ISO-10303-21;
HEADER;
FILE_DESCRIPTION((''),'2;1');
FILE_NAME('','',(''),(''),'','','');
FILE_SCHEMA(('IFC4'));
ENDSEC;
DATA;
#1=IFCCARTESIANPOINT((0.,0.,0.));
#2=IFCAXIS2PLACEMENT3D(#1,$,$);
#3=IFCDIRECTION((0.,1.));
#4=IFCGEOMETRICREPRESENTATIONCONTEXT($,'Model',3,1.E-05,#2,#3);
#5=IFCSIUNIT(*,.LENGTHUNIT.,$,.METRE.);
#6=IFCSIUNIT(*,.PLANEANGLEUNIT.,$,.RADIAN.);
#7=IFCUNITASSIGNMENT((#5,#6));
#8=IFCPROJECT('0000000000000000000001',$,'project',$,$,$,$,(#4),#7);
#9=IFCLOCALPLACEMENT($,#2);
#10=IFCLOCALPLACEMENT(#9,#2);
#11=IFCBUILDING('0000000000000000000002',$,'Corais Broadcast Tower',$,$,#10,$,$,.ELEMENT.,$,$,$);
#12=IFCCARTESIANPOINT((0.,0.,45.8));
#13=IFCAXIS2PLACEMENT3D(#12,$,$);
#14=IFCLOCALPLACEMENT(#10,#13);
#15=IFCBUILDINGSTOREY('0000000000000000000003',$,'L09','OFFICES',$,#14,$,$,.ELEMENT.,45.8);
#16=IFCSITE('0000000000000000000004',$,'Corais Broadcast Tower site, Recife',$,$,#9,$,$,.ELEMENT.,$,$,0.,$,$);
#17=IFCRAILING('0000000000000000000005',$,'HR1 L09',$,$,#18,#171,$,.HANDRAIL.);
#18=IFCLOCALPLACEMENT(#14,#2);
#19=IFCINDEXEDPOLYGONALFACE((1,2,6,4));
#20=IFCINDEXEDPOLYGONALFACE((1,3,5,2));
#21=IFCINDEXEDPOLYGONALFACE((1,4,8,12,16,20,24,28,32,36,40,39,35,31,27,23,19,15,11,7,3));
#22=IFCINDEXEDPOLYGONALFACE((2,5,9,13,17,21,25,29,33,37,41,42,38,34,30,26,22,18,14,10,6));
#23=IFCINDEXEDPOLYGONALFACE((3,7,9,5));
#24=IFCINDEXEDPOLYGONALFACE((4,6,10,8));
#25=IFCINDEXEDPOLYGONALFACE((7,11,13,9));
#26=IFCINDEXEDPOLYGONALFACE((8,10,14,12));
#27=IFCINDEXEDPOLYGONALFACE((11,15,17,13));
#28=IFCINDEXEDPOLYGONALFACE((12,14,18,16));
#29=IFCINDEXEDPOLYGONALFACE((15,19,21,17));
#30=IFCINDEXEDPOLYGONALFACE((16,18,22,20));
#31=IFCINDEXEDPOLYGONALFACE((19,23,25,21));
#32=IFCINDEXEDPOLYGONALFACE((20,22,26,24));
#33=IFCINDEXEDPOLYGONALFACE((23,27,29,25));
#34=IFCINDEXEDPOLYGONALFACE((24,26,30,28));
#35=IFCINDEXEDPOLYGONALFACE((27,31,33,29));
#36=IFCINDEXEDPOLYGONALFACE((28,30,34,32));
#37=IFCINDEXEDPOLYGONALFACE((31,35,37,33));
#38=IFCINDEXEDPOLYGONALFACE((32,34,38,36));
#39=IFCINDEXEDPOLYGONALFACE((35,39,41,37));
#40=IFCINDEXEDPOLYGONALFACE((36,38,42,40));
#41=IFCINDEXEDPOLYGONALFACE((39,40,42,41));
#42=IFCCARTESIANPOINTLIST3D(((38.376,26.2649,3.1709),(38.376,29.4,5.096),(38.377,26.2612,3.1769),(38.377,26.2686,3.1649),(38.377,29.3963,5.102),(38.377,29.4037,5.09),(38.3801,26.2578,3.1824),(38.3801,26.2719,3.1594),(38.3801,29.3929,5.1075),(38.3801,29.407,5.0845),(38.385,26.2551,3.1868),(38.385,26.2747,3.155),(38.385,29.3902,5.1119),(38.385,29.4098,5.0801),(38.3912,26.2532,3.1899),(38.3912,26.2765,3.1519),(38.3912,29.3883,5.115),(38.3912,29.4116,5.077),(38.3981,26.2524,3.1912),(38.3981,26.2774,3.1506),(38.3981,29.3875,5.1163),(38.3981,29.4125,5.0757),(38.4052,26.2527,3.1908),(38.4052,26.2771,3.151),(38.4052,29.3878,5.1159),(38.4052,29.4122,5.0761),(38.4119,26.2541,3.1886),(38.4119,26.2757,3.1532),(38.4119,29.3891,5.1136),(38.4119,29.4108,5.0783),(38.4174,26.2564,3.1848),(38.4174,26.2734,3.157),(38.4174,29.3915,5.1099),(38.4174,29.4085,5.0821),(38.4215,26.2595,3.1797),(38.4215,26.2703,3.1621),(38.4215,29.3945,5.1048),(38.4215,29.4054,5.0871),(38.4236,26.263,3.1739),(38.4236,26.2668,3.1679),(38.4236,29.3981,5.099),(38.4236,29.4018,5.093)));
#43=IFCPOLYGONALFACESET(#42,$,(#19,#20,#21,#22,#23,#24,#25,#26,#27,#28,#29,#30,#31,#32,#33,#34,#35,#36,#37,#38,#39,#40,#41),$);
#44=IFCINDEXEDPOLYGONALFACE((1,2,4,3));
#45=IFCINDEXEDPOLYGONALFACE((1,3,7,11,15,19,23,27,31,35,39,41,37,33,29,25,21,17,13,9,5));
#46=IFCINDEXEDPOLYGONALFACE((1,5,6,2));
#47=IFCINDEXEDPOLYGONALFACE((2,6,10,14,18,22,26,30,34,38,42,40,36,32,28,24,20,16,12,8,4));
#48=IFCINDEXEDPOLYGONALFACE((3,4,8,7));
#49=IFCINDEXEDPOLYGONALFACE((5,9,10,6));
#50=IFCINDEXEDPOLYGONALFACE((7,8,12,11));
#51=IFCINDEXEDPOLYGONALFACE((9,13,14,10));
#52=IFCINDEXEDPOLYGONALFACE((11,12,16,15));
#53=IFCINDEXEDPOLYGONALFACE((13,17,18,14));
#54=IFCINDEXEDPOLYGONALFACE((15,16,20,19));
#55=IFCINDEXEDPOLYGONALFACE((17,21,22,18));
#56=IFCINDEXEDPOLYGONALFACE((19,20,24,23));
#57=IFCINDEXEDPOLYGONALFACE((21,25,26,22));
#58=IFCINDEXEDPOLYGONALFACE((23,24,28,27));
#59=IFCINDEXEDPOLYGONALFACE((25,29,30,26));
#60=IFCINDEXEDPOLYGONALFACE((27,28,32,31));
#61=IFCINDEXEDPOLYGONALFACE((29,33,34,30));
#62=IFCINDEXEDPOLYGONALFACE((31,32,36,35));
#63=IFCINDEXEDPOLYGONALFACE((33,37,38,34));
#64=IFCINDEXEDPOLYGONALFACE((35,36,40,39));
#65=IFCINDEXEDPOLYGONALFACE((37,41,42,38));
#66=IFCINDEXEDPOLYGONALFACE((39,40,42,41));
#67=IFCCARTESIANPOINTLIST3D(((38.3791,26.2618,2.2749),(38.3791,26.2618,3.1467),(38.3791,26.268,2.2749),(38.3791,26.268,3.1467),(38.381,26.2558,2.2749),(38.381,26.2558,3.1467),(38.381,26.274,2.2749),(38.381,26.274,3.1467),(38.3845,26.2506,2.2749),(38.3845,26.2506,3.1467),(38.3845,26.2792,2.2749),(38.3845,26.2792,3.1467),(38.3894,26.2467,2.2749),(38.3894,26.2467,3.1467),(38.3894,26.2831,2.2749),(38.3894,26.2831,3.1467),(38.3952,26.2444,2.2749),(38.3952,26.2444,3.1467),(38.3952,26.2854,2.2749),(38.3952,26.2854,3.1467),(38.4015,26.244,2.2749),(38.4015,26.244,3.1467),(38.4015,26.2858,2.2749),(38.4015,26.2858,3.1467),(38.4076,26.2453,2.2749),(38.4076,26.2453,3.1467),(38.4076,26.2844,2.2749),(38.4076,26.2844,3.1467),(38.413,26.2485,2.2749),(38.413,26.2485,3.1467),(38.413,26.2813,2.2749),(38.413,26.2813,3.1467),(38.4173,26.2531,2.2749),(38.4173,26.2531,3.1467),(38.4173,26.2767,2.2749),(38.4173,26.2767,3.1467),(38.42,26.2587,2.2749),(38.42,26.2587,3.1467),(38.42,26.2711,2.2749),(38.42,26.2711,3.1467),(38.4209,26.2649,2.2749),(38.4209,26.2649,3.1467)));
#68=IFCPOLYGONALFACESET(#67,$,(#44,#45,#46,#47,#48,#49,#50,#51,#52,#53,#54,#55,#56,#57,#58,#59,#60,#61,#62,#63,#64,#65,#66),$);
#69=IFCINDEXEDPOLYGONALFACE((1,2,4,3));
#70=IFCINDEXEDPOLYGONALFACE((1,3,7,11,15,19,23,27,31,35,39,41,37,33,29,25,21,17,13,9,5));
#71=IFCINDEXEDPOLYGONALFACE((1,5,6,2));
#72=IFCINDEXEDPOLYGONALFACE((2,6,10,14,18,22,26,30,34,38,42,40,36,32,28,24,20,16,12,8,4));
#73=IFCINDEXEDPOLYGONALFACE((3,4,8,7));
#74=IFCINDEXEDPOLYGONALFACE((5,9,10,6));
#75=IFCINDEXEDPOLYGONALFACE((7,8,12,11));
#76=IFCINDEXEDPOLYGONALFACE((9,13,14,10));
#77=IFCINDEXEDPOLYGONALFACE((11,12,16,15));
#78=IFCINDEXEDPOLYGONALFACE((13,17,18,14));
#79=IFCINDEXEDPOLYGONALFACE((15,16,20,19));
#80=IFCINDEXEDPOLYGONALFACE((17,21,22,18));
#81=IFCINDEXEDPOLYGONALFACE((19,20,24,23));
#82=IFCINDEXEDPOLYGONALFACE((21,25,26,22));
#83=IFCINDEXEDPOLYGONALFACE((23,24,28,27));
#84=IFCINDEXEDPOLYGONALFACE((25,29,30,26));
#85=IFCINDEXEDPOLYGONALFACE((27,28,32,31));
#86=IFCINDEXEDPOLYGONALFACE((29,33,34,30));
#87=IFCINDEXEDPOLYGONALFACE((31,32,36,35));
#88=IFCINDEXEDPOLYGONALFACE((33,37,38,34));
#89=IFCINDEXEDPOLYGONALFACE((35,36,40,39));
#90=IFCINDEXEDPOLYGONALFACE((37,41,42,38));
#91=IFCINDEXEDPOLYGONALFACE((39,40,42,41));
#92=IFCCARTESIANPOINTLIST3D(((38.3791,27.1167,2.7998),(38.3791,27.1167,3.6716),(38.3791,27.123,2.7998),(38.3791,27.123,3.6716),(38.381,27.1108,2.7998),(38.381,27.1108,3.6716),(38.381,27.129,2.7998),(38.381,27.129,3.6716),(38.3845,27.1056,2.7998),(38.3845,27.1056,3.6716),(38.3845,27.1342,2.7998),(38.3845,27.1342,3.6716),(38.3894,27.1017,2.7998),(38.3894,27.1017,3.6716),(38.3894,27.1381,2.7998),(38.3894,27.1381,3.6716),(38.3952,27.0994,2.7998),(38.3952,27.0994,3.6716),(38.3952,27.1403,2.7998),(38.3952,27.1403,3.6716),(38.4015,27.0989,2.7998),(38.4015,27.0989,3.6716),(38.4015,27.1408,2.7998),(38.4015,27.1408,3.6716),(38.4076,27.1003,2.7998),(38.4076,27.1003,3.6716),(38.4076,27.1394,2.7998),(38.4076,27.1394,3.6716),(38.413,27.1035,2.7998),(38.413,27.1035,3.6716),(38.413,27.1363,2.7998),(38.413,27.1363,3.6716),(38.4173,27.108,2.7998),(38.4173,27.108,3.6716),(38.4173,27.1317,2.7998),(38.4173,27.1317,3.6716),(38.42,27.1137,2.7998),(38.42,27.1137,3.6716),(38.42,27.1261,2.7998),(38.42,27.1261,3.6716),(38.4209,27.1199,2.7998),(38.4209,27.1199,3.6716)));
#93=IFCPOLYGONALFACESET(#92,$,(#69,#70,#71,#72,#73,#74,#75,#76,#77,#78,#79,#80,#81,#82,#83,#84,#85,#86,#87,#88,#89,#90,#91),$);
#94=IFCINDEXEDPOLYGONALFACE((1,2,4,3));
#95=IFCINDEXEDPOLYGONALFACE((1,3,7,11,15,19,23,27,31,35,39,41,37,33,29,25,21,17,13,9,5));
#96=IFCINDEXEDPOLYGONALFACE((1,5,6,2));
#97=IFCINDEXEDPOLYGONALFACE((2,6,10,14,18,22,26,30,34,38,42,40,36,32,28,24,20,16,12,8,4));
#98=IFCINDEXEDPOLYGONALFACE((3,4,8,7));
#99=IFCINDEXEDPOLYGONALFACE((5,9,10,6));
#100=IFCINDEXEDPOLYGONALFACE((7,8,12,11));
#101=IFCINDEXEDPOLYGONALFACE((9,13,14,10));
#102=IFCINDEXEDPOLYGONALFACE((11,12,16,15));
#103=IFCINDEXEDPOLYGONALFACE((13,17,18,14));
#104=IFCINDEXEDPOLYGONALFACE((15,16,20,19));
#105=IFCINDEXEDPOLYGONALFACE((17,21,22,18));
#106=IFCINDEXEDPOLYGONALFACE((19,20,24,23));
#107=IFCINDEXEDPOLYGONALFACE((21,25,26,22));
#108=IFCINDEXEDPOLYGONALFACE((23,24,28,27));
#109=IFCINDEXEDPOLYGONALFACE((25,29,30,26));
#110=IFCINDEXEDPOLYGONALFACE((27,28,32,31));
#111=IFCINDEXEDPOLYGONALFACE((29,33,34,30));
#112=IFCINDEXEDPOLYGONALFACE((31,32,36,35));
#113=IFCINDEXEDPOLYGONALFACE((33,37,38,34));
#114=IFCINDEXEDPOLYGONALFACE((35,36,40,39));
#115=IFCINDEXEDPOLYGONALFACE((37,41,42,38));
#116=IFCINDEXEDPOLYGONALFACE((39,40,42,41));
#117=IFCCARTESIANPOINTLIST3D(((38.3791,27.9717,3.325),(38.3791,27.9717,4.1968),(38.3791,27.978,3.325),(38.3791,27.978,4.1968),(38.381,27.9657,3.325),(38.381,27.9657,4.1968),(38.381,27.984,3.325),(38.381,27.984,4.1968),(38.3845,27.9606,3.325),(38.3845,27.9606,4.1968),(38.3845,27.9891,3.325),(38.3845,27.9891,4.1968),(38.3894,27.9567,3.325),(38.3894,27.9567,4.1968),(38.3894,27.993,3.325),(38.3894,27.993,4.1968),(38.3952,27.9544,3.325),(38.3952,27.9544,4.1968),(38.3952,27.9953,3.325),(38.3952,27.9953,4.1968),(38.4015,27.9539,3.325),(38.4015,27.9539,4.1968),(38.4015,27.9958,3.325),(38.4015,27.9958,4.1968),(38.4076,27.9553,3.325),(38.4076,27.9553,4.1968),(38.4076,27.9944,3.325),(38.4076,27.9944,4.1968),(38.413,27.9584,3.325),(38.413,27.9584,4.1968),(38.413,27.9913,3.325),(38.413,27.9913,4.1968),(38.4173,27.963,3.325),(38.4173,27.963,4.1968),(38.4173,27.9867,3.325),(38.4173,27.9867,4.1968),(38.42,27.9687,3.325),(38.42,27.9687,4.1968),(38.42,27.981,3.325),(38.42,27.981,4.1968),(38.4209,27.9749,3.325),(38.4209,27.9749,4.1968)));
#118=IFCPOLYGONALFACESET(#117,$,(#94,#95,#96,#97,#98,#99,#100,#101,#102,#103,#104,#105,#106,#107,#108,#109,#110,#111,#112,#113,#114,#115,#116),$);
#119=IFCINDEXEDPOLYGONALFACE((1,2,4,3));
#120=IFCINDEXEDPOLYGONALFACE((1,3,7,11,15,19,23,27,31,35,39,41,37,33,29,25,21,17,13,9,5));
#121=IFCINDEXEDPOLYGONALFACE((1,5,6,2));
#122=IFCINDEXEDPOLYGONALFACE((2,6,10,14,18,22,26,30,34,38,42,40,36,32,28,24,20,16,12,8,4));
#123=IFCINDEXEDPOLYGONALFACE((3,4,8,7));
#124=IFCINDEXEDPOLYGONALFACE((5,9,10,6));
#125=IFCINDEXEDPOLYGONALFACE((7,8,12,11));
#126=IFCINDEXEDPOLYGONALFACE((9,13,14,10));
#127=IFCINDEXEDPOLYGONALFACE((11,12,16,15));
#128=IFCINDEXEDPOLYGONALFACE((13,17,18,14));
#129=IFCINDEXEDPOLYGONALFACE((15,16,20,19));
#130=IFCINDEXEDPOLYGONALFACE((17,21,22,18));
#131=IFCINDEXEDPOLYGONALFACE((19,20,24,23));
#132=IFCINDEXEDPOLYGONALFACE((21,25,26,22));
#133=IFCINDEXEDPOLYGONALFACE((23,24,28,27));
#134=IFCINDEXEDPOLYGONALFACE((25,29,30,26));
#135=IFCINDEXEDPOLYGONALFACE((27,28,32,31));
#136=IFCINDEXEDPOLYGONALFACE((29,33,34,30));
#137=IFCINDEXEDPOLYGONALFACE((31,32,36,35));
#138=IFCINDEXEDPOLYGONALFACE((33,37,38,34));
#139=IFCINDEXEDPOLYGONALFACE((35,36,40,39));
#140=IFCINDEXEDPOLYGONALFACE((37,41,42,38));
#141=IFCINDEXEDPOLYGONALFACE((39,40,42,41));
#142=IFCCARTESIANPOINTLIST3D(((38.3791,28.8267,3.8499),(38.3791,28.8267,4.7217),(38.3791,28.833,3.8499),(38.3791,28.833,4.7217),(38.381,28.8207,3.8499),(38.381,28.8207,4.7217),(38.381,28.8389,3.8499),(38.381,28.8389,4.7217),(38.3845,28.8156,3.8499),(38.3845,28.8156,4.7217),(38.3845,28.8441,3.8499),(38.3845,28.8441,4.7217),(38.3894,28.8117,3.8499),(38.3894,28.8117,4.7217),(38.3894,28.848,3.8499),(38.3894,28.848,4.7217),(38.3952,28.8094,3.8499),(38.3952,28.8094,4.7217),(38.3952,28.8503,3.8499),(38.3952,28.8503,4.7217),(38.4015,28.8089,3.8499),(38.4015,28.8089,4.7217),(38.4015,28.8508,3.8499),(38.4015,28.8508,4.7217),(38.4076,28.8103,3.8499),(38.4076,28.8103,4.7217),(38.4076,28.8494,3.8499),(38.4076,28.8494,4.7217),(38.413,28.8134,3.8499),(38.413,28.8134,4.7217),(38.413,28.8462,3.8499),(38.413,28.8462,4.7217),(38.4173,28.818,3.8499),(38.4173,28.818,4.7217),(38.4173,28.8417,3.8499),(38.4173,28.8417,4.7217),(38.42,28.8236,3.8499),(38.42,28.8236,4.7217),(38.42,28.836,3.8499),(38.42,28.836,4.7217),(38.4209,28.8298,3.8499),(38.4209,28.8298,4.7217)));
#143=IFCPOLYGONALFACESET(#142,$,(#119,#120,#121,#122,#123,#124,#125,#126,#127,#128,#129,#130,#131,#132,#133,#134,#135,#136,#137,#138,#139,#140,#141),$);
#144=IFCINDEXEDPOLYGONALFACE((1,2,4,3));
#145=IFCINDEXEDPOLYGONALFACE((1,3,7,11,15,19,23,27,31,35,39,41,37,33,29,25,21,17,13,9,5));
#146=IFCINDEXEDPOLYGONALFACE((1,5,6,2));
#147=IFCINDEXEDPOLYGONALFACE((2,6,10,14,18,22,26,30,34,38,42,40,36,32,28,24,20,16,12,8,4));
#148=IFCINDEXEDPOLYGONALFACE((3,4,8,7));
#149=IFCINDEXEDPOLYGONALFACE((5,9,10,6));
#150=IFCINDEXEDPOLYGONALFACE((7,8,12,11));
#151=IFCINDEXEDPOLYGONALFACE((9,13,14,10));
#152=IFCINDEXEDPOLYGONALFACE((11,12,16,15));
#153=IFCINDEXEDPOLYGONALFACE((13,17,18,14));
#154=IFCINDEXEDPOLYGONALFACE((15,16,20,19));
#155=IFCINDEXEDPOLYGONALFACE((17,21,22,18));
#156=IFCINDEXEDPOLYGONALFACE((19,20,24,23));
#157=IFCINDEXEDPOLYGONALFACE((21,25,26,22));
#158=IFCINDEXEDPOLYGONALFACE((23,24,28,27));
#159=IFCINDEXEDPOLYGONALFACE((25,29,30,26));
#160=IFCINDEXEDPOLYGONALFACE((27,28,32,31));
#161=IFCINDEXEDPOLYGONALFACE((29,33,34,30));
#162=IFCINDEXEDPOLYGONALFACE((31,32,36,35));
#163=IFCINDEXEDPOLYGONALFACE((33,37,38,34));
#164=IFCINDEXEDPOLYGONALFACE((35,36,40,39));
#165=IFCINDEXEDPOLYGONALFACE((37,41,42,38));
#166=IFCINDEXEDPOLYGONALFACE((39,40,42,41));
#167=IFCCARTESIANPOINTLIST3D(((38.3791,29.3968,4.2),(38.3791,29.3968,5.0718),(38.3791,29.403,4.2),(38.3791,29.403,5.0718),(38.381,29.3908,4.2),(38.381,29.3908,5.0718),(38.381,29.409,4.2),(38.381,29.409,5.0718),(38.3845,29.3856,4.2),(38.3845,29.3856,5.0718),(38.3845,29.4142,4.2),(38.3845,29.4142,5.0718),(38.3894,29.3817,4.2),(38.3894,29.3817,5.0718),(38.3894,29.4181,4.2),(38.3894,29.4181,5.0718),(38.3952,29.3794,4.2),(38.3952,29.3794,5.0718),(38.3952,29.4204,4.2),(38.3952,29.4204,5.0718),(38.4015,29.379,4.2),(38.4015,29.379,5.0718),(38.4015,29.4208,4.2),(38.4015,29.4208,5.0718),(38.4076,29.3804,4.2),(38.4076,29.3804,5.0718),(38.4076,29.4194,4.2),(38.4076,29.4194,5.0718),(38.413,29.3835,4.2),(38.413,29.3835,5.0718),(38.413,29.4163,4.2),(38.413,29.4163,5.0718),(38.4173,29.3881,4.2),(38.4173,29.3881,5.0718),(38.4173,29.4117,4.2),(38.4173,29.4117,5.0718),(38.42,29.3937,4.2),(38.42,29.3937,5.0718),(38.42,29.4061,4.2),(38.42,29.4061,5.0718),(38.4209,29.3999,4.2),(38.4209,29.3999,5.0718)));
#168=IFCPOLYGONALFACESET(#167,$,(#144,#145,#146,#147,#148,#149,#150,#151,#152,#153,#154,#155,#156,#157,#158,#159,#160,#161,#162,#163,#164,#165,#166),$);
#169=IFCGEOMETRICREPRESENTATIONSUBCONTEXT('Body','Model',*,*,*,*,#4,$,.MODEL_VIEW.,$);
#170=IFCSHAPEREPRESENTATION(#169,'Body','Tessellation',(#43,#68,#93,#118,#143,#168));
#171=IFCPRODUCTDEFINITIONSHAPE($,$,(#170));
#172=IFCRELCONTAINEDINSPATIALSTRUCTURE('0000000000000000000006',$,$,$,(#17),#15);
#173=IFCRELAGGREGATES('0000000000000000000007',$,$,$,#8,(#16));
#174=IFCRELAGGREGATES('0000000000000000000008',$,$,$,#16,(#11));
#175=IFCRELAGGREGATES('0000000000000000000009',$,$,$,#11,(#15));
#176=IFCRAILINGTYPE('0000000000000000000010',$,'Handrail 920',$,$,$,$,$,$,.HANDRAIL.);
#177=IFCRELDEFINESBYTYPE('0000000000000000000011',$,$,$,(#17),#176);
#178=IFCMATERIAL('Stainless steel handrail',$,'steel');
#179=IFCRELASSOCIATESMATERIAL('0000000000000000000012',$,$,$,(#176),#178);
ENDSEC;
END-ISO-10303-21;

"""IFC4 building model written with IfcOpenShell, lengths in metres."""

from ifc_helpers import new_model, si_unit, direction, frame, origin, origin_2d, place, context, subcontext, project, spatial, circle, extrude, material, type_object, element, save


model = new_model("IFC4")

# Units and contexts
model_context = context("Model", 3, precision=1e-05, world=origin(), true_north=direction((0.0, 1.0)))
body_context = subcontext(model_context, "Body", "Model", "MODEL_VIEW")
ifc_project = project(units=[si_unit("LENGTHUNIT", "METRE"), si_unit("PLANEANGLEUNIT", "RADIAN")], contexts=[model_context])

# Site, building, storey
site_placement = place(None, origin())
site = spatial("IfcSite", under=ifc_project, at=site_placement, Name="Corais Broadcast Tower site, Recife", CompositionType="ELEMENT", RefElevation=0.0)
building_placement = place(site_placement, origin())
building = spatial("IfcBuilding", under=site, at=building_placement, Name="Corais Broadcast Tower", CompositionType="ELEMENT")
storey_placement = place(building_placement, frame((0.0, 0.0, 45.8)))
storey = spatial("IfcBuildingStorey", under=building, at=storey_placement, Name="L09", Description="OFFICES", CompositionType="ELEMENT", Elevation=45.8)

# Railing
ifc_material_1 = material(Name="Stainless steel handrail", Category="steel")
railing_type = type_object("IfcRailingType", Name="Handrail 920", PredefinedType="HANDRAIL", material=ifc_material_1)
for number, where, name in (
    (1, (38.3999, 26.2649, 2.2749), "HR1 L09"),
):
    element("IfcRailing", number, at=place(storey_placement, frame(where)), inside=storey, type_object=railing_type, Name=name, PredefinedType="HANDRAIL", context=body_context, shape_type="SweptSolid", body=[
        extrude(circle(Radius=0.0239, at=origin_2d()), frame((0.0, 0.0, 0.896), z_axis=(0.0, 0.852166, 0.523271), x_axis=(-1.0, 0.0, 0.0)), (0.0, 0.0, 1.0), 3.679),
        extrude(circle(Radius=0.021, at=origin_2d()), origin(), (0.0, 0.0, 1.0), 0.8718),
        extrude(circle(Radius=0.021, at=origin_2d()), frame((0.0, 0.855, 0.5249)), (0.0, 0.0, 1.0), 0.8718),
        extrude(circle(Radius=0.021, at=origin_2d()), frame((0.0, 1.71, 1.05)), (0.0, 0.0, 1.0), 0.8718),
        extrude(circle(Radius=0.021, at=origin_2d()), frame((0.0, 2.5649, 1.575)), (0.0, 0.0, 1.0), 0.8718),
        extrude(circle(Radius=0.021, at=origin_2d()), frame((0.0, 3.135, 1.925)), (0.0, 0.0, 1.0), 0.8718),
    ])

save(model, "model.ifc")
